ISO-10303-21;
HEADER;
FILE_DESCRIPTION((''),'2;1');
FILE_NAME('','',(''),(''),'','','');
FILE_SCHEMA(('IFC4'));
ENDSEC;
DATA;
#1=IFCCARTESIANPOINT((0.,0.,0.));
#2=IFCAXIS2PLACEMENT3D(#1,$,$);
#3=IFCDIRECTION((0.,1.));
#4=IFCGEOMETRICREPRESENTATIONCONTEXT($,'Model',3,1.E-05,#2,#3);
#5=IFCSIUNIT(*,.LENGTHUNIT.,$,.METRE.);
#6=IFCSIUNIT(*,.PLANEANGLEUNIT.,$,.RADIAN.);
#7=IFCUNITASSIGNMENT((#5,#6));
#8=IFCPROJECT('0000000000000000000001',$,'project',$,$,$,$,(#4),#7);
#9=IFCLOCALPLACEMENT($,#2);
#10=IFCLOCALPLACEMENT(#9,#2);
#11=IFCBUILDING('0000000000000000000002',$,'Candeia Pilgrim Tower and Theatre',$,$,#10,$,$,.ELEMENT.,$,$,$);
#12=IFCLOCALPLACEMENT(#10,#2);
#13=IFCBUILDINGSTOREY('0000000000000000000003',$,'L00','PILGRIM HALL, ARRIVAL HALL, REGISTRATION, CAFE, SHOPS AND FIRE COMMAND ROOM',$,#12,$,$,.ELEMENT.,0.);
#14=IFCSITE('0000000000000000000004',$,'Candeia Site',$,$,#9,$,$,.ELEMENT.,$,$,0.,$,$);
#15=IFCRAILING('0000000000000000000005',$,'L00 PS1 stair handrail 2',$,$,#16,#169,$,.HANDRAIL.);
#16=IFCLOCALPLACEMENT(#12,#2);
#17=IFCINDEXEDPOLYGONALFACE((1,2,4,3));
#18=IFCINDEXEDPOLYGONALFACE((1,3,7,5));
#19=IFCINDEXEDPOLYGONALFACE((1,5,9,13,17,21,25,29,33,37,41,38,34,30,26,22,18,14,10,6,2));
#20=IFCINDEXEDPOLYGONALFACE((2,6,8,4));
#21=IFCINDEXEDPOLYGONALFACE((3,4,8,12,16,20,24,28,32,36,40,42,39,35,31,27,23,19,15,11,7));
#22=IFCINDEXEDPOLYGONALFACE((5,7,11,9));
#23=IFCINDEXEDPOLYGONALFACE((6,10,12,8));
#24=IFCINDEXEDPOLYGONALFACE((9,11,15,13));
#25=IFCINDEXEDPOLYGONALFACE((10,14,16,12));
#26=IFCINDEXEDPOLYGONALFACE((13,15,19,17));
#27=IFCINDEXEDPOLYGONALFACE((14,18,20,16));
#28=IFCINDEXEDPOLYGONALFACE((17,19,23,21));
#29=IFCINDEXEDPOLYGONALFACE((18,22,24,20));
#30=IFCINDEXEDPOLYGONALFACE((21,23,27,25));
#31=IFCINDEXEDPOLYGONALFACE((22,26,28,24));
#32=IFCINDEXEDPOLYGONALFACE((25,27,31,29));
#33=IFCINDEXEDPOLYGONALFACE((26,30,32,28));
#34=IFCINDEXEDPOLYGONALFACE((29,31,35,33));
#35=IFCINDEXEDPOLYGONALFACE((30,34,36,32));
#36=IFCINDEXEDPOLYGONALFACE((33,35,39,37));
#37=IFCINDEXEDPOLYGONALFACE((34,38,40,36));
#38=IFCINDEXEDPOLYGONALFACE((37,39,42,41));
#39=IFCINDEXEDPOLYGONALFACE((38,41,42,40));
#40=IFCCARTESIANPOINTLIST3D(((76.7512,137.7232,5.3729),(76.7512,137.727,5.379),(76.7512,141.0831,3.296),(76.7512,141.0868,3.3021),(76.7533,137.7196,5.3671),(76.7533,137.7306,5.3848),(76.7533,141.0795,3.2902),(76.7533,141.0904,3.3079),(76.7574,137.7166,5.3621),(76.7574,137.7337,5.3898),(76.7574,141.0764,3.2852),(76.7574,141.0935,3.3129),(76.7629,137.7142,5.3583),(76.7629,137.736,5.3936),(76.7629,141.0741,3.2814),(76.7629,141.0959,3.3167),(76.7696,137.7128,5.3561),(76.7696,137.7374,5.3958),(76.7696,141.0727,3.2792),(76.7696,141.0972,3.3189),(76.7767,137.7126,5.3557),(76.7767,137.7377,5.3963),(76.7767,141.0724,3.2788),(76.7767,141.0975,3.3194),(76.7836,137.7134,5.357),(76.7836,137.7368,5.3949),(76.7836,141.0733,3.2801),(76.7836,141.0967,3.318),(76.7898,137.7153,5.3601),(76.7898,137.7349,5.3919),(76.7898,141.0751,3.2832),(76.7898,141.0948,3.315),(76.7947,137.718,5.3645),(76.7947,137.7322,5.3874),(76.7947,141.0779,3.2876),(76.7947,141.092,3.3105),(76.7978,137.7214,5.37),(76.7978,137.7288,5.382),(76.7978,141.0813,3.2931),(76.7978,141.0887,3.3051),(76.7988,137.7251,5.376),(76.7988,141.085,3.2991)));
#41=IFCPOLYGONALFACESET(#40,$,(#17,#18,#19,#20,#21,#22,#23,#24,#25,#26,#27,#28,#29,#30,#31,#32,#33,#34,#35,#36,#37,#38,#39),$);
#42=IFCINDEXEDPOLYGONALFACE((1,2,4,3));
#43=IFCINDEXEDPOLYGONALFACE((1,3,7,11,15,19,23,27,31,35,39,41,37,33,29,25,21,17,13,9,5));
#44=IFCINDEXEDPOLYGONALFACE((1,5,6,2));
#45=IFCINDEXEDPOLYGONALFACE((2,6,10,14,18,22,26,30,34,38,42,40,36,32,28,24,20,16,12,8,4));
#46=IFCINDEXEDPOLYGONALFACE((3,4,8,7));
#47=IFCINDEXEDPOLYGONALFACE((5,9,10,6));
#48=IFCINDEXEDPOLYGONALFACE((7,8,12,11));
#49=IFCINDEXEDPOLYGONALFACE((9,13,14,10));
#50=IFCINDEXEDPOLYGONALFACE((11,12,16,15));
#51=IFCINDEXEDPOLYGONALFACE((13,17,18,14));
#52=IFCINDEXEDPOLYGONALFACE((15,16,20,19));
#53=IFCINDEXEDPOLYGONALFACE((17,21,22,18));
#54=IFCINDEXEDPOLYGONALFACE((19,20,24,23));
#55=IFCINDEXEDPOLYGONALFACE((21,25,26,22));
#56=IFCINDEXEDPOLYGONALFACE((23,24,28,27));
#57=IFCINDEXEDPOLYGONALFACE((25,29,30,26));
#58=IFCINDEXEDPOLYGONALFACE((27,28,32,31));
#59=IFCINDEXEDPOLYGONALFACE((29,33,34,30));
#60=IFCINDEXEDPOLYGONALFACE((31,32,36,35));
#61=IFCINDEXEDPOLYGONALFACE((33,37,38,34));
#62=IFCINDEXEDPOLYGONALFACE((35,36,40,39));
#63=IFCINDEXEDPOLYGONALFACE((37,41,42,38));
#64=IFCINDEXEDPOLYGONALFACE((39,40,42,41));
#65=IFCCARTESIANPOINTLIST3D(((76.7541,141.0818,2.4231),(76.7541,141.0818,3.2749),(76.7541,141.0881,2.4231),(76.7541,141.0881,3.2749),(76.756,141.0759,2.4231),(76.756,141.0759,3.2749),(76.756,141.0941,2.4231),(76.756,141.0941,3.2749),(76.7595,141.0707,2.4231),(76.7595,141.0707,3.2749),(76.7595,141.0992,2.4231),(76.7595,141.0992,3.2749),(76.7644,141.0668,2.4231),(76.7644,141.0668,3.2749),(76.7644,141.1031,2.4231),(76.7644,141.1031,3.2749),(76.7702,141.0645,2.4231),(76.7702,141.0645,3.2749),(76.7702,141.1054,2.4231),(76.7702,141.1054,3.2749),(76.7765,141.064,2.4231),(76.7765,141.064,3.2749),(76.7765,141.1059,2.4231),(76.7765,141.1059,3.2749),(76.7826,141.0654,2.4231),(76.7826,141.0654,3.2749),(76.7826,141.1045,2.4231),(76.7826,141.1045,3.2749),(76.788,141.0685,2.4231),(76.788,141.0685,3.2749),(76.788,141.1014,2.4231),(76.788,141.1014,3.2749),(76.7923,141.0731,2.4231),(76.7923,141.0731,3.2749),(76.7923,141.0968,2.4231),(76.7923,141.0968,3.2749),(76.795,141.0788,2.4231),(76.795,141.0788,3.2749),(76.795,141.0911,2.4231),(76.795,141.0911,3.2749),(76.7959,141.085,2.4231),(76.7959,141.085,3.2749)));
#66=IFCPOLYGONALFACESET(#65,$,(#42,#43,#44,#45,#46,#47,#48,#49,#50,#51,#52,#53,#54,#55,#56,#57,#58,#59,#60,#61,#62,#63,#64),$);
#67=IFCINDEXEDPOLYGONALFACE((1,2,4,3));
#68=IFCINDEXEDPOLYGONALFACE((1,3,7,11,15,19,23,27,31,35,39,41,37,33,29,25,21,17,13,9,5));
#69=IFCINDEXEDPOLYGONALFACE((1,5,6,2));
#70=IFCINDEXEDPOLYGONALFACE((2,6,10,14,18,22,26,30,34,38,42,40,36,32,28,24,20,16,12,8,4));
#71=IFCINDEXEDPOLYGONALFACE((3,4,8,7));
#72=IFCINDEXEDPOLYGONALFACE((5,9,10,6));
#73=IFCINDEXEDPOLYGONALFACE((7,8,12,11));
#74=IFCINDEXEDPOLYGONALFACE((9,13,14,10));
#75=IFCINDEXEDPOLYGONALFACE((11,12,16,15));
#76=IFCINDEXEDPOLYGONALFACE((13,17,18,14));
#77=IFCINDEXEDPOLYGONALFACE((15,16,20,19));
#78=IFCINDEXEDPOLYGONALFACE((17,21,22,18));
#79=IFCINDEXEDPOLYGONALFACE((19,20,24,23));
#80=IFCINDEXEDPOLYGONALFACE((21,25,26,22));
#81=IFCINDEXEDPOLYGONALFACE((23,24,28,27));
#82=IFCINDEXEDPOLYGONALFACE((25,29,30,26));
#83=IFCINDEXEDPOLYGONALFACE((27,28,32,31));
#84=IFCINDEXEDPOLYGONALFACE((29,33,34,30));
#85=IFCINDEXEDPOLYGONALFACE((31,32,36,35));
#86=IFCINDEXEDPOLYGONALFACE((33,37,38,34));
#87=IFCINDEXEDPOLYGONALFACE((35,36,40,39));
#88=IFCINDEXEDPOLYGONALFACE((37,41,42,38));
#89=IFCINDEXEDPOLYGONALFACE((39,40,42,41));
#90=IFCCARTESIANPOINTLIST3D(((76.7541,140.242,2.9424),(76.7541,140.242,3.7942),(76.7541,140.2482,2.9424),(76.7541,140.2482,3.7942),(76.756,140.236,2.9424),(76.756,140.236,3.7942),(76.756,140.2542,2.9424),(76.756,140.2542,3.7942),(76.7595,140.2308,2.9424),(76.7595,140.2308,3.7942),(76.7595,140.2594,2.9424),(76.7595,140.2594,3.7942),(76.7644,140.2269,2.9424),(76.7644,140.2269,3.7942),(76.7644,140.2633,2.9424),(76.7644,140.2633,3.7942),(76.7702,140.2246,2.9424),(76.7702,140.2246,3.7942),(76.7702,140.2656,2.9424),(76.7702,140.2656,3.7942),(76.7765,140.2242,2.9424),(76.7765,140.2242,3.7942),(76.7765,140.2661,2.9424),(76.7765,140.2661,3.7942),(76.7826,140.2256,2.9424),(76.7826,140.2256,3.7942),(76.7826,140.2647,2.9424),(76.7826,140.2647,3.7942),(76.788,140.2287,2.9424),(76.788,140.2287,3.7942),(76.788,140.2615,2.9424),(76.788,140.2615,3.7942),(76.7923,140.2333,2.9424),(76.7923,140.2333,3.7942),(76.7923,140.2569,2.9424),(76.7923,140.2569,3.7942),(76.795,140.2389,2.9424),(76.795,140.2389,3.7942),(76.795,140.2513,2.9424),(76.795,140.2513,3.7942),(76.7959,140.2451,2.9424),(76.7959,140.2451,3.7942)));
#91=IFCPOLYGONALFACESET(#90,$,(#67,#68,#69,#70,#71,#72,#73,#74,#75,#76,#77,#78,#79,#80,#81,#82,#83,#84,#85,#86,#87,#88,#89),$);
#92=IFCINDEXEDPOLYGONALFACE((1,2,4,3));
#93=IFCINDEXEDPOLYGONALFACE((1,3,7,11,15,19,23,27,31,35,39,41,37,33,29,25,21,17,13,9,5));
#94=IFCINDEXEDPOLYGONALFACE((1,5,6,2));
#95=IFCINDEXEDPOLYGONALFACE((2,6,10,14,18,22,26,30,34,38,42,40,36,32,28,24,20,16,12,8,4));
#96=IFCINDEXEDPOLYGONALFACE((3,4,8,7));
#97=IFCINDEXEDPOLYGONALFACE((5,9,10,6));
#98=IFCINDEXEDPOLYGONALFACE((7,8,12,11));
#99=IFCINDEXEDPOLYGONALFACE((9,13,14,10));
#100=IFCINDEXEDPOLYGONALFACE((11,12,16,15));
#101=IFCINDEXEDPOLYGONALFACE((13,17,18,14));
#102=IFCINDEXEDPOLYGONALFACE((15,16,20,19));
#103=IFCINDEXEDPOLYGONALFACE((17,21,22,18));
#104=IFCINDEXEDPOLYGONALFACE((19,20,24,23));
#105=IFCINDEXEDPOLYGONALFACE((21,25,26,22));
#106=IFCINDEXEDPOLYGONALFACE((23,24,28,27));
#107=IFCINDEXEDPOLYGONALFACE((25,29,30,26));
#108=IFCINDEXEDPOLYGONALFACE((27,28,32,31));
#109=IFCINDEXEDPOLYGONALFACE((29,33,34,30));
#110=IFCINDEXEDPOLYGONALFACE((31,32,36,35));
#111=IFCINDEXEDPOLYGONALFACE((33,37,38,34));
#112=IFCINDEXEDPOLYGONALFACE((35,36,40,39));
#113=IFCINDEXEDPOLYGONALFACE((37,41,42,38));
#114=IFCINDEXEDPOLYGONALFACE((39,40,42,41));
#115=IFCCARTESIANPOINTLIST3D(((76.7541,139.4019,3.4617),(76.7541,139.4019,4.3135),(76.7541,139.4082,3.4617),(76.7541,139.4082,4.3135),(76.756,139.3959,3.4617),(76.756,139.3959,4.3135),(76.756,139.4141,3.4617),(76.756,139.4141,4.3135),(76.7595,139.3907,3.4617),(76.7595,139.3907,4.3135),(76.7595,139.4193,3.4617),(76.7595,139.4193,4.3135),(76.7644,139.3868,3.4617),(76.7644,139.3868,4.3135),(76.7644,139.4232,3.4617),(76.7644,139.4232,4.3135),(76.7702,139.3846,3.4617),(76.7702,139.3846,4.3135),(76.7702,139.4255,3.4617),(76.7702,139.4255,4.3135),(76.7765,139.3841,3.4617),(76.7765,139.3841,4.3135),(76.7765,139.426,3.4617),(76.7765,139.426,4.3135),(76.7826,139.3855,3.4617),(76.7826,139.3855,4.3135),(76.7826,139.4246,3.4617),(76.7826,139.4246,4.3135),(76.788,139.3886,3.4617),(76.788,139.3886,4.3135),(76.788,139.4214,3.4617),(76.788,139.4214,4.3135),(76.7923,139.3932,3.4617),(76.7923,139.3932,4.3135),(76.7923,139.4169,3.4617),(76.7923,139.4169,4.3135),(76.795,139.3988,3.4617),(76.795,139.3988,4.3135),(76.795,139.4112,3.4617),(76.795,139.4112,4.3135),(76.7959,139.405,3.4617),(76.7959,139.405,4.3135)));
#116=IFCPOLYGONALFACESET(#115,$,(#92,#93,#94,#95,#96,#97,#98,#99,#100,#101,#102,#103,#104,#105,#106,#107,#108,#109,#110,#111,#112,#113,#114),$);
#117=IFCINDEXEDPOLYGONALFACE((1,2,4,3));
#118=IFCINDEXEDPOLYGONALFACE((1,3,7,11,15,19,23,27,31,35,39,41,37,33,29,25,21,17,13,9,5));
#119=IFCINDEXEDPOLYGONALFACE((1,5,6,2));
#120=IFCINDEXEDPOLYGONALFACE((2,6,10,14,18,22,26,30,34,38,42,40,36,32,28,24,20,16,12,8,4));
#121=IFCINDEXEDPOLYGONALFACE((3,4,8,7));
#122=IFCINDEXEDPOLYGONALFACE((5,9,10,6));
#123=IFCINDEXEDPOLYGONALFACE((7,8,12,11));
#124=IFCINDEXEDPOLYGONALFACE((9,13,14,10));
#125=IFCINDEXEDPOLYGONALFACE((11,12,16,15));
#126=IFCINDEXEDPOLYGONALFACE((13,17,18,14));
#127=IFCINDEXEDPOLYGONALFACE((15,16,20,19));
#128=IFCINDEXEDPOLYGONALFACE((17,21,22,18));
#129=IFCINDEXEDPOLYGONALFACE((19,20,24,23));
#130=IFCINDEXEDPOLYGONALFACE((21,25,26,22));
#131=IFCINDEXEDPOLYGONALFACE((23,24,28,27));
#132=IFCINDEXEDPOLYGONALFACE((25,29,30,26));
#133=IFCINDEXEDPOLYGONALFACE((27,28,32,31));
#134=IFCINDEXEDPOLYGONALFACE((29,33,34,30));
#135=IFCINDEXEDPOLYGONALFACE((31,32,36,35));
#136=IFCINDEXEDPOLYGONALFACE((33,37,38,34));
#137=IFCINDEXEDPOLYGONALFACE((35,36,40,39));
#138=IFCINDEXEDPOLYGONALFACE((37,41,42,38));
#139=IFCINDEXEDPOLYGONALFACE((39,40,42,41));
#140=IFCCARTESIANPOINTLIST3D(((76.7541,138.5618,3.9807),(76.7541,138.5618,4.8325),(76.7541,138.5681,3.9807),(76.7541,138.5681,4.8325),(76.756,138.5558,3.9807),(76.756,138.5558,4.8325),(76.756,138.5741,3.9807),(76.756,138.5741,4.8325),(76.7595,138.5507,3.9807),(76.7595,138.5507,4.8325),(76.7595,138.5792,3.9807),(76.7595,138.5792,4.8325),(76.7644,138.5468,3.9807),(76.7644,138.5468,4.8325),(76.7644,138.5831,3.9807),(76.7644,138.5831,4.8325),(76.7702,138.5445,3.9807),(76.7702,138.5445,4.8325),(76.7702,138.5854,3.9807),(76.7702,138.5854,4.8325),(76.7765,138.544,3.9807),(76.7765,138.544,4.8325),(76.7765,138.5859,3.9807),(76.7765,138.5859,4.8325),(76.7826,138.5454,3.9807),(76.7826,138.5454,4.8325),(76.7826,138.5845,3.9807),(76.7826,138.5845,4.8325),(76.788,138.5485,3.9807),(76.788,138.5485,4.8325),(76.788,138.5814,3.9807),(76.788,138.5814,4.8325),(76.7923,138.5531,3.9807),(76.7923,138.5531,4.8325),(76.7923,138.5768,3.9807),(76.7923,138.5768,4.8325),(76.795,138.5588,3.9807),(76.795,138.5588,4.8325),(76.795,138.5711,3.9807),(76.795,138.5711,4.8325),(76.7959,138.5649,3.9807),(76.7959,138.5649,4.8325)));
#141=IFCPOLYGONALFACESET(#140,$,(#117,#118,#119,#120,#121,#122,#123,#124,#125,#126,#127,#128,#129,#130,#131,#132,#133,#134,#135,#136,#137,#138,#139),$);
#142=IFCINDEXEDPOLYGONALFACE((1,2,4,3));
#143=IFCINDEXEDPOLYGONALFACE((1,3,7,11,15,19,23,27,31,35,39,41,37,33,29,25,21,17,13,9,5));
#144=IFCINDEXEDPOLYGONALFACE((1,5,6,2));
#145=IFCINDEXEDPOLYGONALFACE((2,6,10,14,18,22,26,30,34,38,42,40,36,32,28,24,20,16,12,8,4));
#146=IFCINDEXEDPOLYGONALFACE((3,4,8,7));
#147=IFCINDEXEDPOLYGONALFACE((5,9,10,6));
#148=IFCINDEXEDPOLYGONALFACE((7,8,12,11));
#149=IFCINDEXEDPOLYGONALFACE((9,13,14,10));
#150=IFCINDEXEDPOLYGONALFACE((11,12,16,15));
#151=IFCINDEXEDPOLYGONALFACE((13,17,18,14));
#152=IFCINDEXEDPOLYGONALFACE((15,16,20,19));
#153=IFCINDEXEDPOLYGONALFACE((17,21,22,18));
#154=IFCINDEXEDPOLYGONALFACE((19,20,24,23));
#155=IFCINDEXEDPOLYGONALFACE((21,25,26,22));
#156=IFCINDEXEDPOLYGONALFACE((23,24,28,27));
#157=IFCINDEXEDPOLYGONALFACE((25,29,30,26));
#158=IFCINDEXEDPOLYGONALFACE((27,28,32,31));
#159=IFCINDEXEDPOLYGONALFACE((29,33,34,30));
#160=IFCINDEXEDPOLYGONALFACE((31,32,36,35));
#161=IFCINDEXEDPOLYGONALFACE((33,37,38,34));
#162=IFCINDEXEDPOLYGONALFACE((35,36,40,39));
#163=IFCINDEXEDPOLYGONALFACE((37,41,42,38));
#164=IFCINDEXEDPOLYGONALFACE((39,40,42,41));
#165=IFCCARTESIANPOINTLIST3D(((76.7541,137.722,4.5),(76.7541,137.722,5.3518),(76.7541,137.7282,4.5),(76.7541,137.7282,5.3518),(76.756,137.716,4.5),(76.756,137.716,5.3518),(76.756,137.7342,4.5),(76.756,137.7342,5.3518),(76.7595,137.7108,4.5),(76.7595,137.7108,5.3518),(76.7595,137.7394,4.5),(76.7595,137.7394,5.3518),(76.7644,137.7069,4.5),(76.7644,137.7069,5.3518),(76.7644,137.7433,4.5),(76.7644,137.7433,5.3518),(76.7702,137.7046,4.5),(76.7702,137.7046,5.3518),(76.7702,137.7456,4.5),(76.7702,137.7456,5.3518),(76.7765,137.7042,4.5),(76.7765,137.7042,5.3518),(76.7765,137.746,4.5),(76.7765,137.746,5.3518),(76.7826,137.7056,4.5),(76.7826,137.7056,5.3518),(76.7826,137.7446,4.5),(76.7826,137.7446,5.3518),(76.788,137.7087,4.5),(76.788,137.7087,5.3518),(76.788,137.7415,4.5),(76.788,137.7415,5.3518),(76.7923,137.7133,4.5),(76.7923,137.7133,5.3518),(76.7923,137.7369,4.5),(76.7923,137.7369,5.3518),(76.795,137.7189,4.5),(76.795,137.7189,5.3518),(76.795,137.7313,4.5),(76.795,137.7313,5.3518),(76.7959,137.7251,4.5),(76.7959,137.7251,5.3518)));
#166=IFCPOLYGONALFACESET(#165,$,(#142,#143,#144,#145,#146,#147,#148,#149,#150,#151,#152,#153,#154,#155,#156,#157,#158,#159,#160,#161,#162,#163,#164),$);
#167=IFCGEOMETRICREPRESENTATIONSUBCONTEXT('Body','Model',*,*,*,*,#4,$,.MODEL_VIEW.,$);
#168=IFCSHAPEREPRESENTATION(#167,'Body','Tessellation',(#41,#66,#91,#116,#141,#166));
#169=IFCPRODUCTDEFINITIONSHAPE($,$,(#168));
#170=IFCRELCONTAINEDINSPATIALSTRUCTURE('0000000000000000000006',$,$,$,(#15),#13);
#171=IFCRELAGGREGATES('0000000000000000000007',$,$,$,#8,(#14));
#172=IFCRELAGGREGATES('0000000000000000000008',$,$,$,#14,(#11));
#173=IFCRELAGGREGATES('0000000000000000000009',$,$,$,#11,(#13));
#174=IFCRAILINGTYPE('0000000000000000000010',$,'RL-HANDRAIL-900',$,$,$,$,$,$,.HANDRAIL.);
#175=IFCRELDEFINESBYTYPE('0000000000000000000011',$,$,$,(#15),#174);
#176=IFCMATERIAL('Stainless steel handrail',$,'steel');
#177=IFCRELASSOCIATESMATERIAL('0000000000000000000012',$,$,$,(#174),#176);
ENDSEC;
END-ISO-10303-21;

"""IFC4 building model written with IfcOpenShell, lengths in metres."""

from ifc_helpers import new_model, si_unit, direction, frame, origin, origin_2d, place, context, subcontext, project, spatial, circle, extrude, material, type_object, element, save


model = new_model("IFC4")

# Units and contexts
model_context = context("Model", 3, precision=1e-05, world=origin(), true_north=direction((0.0, 1.0)))
body_context = subcontext(model_context, "Body", "Model", "MODEL_VIEW")
ifc_project = project(units=[si_unit("LENGTHUNIT", "METRE"), si_unit("PLANEANGLEUNIT", "RADIAN")], contexts=[model_context])

# Site, building, storey
site_placement = place(None, origin())
site = spatial("IfcSite", under=ifc_project, at=site_placement, Name="Candeia Site", CompositionType="ELEMENT", RefElevation=0.0)
building_placement = place(site_placement, origin())
building = spatial("IfcBuilding", under=site, at=building_placement, Name="Candeia Pilgrim Tower and Theatre", CompositionType="ELEMENT")
storey_placement = place(building_placement, origin())
storey = spatial("IfcBuildingStorey", under=building, at=storey_placement, Name="L00", Description="PILGRIM HALL, ARRIVAL HALL, REGISTRATION, CAFE, SHOPS AND FIRE COMMAND ROOM", CompositionType="ELEMENT", Elevation=0.0)

# Railing
ifc_material_1 = material(Name="Stainless steel handrail", Category="steel")
railing_type_1 = type_object("IfcRailingType", Name="RL-HANDRAIL-900", PredefinedType="HANDRAIL", material=ifc_material_1)
for number, where, name in (
    (1, (76.7749, 141.085, 2.4231), "L00 PS1 stair handrail 2"),
):
    element("IfcRailing", number, at=place(storey_placement, frame(where)), inside=storey, type_object=railing_type_1, Name=name, PredefinedType="HANDRAIL", context=body_context, shape_type="SweptSolid", body=[
        extrude(circle(Radius=0.0239, at=origin_2d()), frame((0.0, 0.0, 0.876), z_axis=(0.0, -0.850606, 0.525803), x_axis=(1.0, 0.0, 0.0)), (0.0, 0.0, 1.0), 3.95),
        extrude(circle(Radius=0.021, at=origin_2d()), origin(), (0.0, 0.0, 1.0), 0.8518),
        extrude(circle(Radius=0.021, at=origin_2d()), frame((0.0, -0.8398, 0.5193)), (0.0, 0.0, 1.0), 0.8518),
        extrude(circle(Radius=0.021, at=origin_2d()), frame((0.0, -1.6799, 1.0386)), (0.0, 0.0, 1.0), 0.8518),
        extrude(circle(Radius=0.021, at=origin_2d()), frame((0.0, -2.52, 1.5576)), (0.0, 0.0, 1.0), 0.8518),
        extrude(circle(Radius=0.021, at=origin_2d()), frame((0.0, -3.3599, 2.0769)), (0.0, 0.0, 1.0), 0.8518),
    ])

save(model, "model.ifc")
